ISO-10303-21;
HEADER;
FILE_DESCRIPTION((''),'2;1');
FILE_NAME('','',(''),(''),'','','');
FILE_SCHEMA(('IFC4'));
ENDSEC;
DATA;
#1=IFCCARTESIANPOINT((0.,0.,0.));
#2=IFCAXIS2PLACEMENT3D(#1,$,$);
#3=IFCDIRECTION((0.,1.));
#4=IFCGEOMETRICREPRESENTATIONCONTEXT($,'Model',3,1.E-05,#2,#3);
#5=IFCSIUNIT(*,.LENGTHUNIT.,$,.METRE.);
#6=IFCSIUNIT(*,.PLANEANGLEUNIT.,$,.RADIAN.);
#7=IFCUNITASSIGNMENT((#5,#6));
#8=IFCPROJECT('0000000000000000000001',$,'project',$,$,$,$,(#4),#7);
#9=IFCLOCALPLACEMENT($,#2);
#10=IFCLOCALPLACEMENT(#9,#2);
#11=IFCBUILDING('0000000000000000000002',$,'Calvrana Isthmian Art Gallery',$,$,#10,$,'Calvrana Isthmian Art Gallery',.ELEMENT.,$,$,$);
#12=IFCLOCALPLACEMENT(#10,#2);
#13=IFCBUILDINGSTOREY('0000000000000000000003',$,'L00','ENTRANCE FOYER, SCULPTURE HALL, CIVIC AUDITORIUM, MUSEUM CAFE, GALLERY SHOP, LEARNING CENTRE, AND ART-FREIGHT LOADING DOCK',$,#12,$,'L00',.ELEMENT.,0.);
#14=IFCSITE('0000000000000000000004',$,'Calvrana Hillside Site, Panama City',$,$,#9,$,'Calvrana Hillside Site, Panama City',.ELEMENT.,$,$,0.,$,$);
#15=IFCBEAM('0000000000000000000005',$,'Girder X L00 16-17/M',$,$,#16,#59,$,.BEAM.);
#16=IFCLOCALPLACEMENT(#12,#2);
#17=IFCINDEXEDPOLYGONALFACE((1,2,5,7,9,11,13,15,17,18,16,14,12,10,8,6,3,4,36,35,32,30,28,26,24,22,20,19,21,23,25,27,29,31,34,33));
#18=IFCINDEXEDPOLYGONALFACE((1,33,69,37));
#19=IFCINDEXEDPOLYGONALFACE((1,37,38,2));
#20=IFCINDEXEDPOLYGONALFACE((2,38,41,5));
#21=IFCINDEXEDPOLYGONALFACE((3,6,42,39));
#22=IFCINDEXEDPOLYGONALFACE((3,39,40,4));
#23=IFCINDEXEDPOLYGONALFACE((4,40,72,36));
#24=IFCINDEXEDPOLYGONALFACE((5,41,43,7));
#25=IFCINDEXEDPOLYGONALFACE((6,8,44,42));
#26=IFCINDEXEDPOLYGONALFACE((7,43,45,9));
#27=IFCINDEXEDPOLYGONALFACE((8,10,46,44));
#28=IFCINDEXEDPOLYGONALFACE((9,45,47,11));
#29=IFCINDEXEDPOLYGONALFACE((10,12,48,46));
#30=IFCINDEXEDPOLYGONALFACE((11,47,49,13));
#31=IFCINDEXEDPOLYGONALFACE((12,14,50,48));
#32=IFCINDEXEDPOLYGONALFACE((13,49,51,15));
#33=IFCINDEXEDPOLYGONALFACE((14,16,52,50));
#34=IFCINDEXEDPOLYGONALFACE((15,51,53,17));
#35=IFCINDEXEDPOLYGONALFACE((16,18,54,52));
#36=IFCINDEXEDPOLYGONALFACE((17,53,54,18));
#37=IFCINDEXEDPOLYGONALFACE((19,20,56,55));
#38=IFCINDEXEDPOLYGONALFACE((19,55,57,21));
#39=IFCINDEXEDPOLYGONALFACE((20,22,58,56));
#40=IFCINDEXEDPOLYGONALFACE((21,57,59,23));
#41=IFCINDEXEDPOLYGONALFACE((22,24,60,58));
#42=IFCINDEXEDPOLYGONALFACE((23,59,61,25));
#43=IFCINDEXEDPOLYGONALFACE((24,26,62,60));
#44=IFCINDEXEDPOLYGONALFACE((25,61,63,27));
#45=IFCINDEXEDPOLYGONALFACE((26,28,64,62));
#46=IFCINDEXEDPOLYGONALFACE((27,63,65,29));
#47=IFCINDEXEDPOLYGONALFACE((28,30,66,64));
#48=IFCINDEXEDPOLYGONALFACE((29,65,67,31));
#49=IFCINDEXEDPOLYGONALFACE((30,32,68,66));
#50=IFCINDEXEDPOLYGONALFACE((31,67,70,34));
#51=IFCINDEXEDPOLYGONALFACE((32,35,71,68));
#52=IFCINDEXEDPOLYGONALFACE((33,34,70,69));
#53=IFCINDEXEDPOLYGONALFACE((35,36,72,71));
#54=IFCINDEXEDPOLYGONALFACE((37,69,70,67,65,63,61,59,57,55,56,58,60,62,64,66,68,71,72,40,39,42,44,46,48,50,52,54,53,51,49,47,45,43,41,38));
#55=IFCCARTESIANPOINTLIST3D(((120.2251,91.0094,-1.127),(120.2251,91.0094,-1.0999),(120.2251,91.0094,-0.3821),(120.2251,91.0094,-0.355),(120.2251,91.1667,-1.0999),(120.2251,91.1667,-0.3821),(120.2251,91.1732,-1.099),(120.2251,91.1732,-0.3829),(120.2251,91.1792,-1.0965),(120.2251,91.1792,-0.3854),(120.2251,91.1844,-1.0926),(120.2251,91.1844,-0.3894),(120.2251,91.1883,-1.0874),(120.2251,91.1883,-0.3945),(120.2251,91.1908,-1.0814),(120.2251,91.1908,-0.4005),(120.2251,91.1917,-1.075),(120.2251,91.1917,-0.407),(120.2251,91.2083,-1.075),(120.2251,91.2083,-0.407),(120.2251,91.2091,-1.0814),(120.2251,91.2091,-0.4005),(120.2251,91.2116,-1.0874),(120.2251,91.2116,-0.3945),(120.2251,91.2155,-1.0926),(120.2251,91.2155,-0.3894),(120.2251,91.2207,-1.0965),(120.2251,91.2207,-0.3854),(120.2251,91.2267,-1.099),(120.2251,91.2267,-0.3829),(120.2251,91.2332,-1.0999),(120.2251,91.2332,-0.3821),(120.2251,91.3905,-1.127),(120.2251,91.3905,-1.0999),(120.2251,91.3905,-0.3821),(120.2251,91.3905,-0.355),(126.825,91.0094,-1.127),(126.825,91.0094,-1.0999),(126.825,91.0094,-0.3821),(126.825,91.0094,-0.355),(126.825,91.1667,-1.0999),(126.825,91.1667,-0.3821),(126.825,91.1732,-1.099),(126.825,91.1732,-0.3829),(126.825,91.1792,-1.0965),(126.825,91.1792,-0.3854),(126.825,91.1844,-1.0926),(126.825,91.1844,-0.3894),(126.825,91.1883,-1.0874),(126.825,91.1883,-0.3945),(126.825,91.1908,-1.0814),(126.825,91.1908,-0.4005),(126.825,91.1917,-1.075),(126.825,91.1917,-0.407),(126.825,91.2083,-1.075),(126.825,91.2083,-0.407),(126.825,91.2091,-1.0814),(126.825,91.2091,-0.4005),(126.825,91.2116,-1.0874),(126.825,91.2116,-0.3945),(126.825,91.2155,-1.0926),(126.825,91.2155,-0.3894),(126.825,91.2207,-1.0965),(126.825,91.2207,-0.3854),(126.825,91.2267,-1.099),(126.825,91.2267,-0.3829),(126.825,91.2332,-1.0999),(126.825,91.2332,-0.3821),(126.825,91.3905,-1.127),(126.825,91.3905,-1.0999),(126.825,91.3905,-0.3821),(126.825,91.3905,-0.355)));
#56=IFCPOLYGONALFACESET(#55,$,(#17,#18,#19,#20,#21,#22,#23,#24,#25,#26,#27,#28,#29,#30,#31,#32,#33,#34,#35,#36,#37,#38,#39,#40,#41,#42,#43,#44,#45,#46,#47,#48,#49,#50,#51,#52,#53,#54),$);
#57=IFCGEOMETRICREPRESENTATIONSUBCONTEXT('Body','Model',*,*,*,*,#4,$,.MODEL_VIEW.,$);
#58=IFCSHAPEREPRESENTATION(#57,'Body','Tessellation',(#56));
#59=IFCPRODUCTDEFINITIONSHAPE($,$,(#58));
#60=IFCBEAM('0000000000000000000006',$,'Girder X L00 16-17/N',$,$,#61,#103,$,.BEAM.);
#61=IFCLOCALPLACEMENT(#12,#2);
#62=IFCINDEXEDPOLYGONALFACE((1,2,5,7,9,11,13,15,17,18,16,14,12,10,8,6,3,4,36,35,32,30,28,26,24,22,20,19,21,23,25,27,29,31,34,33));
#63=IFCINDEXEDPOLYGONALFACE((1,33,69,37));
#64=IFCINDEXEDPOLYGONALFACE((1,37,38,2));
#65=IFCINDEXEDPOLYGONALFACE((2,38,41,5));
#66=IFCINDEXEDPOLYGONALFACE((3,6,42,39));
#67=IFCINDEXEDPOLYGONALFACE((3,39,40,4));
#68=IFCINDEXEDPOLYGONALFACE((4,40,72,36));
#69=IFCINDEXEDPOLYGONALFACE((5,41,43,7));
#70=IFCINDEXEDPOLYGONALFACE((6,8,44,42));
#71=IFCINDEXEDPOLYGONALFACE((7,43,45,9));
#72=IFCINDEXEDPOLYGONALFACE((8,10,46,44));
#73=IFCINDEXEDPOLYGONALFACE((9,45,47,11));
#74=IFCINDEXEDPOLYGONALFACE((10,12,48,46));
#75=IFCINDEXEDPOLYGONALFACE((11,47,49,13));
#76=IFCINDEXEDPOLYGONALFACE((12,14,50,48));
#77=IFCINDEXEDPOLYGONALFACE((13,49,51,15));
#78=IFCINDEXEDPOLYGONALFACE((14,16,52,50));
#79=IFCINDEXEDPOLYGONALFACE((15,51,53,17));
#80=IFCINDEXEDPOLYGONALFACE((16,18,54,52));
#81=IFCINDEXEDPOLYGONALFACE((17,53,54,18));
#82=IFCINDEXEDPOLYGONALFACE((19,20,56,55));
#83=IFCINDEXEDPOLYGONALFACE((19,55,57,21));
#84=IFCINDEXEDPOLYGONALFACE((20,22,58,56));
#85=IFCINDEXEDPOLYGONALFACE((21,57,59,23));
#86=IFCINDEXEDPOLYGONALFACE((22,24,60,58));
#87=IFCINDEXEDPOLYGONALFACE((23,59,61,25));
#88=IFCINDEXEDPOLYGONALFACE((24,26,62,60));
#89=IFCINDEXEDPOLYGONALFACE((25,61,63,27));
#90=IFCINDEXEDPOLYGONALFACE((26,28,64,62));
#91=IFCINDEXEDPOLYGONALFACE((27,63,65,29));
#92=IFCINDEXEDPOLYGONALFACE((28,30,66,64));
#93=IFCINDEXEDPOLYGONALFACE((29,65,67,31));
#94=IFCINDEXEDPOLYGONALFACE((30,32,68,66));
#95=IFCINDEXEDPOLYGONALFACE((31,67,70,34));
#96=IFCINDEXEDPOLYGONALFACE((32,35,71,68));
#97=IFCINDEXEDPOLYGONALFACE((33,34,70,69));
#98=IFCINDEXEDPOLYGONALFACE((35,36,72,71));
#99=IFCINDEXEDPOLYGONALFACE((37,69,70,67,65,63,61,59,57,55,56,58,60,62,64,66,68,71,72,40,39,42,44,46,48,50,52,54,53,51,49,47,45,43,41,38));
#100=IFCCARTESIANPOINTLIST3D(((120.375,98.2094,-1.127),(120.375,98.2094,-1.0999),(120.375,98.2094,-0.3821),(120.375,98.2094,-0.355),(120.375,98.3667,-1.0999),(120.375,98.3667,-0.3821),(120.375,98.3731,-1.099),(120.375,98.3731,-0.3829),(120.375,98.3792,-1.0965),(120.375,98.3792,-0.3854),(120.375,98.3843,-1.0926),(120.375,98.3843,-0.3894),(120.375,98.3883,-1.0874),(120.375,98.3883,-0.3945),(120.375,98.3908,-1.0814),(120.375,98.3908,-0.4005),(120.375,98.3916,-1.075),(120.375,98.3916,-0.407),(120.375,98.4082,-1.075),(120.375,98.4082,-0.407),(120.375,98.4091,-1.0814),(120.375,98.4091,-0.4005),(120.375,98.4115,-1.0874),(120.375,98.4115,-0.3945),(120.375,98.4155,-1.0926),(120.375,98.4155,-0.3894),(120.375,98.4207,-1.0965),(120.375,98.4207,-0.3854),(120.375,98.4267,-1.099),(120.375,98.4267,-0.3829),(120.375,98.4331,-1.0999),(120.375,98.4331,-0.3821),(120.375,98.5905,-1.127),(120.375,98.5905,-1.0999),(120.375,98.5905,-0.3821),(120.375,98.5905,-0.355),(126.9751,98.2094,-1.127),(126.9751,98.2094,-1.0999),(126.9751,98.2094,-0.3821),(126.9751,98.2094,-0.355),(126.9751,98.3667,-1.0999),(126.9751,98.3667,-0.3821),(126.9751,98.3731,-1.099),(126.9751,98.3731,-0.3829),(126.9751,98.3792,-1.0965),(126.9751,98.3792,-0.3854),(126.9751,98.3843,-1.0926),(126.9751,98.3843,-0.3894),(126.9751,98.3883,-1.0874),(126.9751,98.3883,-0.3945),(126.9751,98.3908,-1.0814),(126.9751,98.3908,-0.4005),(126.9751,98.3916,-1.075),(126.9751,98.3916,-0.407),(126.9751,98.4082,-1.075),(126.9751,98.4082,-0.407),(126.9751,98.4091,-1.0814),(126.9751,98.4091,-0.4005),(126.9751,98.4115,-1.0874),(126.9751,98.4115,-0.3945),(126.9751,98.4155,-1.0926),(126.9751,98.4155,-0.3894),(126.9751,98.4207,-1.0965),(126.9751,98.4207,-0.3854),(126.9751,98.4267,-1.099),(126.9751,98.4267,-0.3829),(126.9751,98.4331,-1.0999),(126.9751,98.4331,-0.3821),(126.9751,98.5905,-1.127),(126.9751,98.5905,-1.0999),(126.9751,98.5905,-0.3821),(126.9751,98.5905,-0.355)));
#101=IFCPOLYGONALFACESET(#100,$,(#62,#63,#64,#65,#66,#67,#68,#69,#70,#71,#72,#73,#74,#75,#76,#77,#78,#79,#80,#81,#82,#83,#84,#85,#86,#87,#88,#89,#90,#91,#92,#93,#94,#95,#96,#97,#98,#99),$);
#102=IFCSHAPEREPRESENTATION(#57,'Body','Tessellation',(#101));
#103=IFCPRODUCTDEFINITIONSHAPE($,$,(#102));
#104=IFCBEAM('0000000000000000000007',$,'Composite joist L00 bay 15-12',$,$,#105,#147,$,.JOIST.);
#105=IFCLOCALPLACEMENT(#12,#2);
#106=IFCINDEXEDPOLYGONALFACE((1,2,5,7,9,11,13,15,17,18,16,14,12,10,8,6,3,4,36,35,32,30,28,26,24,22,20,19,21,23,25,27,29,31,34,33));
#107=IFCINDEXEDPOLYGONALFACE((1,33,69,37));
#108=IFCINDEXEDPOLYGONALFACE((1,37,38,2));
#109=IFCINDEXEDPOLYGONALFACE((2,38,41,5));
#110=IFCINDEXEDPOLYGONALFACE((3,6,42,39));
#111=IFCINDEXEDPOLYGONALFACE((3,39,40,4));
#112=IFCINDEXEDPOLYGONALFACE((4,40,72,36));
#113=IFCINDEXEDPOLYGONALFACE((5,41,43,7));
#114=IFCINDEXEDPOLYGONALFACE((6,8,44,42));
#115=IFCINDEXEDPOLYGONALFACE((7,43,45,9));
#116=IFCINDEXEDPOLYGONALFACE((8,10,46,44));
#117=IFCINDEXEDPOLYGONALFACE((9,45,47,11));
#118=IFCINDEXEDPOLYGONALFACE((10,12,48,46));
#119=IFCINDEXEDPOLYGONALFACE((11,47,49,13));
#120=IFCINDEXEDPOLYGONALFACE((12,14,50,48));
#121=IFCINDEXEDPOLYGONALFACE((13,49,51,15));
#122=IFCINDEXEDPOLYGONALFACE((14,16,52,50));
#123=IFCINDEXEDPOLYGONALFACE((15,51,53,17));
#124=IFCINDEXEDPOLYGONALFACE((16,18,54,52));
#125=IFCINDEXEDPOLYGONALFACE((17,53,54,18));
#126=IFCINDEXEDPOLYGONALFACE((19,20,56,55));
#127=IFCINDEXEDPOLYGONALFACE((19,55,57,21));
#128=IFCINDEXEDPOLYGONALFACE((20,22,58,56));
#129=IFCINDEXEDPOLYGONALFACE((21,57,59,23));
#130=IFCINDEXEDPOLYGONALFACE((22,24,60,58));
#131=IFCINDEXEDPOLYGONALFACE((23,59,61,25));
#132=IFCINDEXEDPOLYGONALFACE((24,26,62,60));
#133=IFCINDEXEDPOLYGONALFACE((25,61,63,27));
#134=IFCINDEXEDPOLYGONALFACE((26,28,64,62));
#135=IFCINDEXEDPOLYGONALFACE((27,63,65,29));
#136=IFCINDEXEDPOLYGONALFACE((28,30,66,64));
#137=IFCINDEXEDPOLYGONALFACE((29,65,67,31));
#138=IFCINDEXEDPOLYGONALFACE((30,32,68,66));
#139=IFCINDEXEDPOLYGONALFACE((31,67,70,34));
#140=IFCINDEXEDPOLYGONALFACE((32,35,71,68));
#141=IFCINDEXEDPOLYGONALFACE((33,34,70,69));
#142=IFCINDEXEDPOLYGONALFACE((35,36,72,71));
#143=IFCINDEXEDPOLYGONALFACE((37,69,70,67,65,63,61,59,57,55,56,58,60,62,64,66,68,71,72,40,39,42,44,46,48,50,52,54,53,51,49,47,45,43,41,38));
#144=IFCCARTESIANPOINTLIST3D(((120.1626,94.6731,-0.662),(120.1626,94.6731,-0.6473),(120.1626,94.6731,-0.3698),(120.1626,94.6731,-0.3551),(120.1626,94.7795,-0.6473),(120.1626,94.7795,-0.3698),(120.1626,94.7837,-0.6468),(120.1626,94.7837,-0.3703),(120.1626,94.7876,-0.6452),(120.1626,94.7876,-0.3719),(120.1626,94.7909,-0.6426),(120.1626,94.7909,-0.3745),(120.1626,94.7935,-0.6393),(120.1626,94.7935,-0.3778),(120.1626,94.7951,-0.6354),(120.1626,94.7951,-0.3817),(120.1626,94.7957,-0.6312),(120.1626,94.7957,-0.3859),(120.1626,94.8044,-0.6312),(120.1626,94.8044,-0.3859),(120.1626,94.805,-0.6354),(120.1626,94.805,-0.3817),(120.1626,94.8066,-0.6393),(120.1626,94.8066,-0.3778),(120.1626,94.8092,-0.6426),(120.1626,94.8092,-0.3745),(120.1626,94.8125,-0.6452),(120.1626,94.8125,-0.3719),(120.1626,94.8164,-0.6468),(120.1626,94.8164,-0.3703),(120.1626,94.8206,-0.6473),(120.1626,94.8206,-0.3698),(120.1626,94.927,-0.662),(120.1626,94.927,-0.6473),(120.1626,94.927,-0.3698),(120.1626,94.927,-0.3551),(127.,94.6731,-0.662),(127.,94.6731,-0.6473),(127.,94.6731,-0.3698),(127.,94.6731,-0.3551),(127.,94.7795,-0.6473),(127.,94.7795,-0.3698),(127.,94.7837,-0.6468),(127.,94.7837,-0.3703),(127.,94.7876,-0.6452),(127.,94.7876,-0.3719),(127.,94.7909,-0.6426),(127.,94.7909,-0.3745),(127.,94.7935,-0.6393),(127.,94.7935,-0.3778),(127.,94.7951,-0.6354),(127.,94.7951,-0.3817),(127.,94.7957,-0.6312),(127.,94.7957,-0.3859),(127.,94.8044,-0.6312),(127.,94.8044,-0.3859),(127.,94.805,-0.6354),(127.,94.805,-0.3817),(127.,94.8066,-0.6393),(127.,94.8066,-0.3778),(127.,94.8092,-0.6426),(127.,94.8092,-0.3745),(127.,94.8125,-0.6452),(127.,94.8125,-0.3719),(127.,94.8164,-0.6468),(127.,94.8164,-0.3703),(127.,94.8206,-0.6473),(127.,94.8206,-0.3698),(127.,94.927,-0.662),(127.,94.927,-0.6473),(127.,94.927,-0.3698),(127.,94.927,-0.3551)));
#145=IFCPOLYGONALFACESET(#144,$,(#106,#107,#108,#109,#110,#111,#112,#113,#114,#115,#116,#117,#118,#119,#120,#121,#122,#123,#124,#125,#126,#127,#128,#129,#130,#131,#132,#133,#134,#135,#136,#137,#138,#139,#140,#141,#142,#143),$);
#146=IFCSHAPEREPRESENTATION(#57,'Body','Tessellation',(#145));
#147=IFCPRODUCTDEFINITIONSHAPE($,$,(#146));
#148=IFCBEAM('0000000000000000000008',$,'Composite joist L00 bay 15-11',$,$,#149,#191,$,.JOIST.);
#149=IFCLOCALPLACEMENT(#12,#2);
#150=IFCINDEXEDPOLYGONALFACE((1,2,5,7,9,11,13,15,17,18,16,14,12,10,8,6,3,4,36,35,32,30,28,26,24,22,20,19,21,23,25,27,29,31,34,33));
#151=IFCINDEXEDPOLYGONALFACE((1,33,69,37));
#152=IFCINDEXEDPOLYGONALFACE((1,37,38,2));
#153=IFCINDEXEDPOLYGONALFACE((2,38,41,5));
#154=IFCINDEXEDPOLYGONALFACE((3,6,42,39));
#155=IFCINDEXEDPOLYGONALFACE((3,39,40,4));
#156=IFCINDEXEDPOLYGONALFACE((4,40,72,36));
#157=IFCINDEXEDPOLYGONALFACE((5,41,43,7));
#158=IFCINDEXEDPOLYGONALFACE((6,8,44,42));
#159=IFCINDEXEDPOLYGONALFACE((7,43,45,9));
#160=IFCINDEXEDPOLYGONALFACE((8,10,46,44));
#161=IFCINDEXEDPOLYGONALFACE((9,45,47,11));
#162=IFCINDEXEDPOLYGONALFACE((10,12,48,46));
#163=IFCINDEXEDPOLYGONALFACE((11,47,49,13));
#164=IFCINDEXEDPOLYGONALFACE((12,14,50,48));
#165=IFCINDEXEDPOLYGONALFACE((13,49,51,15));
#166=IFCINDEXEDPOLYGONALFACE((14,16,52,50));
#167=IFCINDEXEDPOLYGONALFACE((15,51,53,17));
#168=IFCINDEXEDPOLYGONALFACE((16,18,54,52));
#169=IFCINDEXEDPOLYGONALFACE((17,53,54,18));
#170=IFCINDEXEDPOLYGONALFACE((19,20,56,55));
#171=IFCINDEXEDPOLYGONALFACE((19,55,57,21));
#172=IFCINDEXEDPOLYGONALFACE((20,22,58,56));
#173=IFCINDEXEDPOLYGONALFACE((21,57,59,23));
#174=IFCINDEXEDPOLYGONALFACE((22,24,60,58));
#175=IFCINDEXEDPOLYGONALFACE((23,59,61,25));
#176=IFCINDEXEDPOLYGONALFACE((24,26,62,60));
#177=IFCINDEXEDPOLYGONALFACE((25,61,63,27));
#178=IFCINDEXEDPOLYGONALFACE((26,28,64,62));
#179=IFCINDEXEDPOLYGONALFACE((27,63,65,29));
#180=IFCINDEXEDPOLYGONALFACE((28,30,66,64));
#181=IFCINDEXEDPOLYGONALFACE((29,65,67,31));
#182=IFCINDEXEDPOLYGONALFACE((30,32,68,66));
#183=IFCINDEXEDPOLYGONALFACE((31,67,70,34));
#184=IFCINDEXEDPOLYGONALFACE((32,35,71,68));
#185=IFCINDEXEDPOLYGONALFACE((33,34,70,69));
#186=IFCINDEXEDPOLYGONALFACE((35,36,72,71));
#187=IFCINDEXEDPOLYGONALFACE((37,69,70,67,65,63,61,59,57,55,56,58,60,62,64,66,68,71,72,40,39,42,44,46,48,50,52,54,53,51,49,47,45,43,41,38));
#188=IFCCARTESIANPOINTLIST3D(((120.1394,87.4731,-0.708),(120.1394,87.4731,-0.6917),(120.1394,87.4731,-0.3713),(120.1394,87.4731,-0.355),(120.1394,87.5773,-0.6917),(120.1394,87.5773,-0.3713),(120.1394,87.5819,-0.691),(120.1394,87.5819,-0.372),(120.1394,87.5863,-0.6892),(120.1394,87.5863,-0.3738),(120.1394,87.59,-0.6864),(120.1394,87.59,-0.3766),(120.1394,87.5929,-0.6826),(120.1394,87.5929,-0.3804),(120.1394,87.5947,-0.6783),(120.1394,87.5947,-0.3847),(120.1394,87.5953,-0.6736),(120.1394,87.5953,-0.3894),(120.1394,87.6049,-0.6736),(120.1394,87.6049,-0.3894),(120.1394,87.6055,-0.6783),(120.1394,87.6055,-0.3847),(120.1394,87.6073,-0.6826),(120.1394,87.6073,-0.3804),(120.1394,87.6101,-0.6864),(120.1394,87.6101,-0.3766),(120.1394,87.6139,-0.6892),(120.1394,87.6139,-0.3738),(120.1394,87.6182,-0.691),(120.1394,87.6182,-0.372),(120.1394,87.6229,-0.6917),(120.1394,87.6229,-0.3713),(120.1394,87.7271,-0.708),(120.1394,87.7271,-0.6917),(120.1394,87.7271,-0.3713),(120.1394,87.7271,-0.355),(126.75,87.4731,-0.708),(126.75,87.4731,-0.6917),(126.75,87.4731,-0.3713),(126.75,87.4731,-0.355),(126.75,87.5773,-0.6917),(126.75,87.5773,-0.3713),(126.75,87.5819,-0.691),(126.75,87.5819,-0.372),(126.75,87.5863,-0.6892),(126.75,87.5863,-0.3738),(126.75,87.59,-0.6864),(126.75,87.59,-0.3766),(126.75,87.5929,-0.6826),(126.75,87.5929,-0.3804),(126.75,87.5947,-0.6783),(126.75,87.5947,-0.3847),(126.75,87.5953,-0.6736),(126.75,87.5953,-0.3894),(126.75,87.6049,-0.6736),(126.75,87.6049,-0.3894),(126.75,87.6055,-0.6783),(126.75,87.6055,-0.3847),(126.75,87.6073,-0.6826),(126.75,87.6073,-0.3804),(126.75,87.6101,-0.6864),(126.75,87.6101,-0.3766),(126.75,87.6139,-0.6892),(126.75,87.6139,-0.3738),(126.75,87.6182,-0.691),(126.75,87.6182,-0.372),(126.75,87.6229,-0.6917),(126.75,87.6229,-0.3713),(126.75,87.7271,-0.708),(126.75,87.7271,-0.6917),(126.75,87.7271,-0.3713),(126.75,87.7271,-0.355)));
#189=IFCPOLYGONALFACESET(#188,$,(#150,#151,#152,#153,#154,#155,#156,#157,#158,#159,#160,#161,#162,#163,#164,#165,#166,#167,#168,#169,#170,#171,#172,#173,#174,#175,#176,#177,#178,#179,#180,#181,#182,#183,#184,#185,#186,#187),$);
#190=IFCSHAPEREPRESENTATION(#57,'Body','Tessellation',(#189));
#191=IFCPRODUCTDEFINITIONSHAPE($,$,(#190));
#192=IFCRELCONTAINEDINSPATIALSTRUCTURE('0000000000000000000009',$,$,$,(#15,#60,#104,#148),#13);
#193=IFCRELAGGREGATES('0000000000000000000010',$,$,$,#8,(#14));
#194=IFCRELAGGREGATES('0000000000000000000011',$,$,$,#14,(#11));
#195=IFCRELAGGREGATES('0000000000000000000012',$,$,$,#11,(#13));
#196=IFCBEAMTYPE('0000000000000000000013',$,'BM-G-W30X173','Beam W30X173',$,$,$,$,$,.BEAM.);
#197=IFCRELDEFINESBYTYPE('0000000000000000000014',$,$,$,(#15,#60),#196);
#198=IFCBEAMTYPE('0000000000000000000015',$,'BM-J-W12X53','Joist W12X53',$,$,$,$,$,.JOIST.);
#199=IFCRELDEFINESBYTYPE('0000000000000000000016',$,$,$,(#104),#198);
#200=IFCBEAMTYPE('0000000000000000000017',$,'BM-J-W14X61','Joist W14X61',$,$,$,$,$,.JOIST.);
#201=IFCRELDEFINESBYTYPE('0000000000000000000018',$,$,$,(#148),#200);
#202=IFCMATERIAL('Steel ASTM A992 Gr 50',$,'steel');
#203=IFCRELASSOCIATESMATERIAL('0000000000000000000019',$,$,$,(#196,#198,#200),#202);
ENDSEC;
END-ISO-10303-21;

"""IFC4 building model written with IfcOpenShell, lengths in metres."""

from ifc_helpers import new_model, si_unit, direction, frame, origin, origin_2d, place, context, subcontext, project, spatial, i_section, extrude, material, material_profile, profile_set, type_object, element, save


model = new_model("IFC4")

# Units and contexts
model_context = context("Model", 3, precision=1e-05, world=origin(), true_north=direction((0.0, 1.0)))
body_context = subcontext(model_context, "Body", "Model", "MODEL_VIEW")
ifc_project = project(units=[si_unit("LENGTHUNIT", "METRE"), si_unit("PLANEANGLEUNIT", "RADIAN")], contexts=[model_context])

# Site, building, storey
site_placement = place(None, origin())
site = spatial("IfcSite", under=ifc_project, at=site_placement, Name="Calvrana Hillside Site, Panama City", LongName="Calvrana Hillside Site, Panama City", CompositionType="ELEMENT", RefElevation=0.0)
building_placement = place(site_placement, origin())
building = spatial("IfcBuilding", under=site, at=building_placement, Name="Calvrana Isthmian Art Gallery", LongName="Calvrana Isthmian Art Gallery", CompositionType="ELEMENT")
storey_placement = place(building_placement, origin())
storey = spatial("IfcBuildingStorey", under=building, at=storey_placement, Name="L00", Description="ENTRANCE FOYER, SCULPTURE HALL, CIVIC AUDITORIUM, MUSEUM CAFE, GALLERY SHOP, LEARNING CENTRE, AND ART-FREIGHT LOADING DOCK", LongName="L00", CompositionType="ELEMENT", Elevation=0.0)

# Beams
ifc_material_1 = material(Name="Steel ASTM A992 Gr 50", Category="steel")
ifc_material_profile_1 = material_profile(ifc_material_1, i_section(OverallWidth=0.3811, OverallDepth=0.772, WebThickness=0.0166, FlangeThickness=0.0271, FilletRadius=0.0249, at=origin_2d()), Name="W30X173")
ifc_profile_set_1 = profile_set([ifc_material_profile_1], Name="Steel ASTM A992 Gr 50")
beam_type_1 = type_object("IfcBeamType", Name="BM-G-W30X173", Description="Beam W30X173", PredefinedType="BEAM", material=ifc_profile_set_1)
beam_1_placement = place(storey_placement, frame((120.2251, 91.2, -0.741), z_axis=(1.0, 0.0, 0.0), x_axis=(0.0, 1.0, 0.0)))
element("IfcBeam", 1, at=beam_1_placement, inside=storey, type_object=beam_type_1, Name="Girder X L00 16-17/M", PredefinedType="BEAM", context=body_context, shape_type="SweptSolid", body=[
    extrude(i_section(OverallWidth=0.3811, OverallDepth=0.772, WebThickness=0.0166, FlangeThickness=0.0271, FilletRadius=0.0249, at=origin_2d()), origin(), (0.0, 0.0, 1.0), 6.5999),
])
beam_2_placement = place(storey_placement, frame((120.375, 98.3999, -0.741), z_axis=(1.0, 0.0, 0.0), x_axis=(0.0, 1.0, 0.0)))
element("IfcBeam", 2, at=beam_2_placement, inside=storey, type_object=beam_type_1, Name="Girder X L00 16-17/N", PredefinedType="BEAM", context=body_context, shape_type="SweptSolid", body=[
    extrude(i_section(OverallWidth=0.3811, OverallDepth=0.772, WebThickness=0.0166, FlangeThickness=0.0271, FilletRadius=0.0249, at=origin_2d()), origin(), (0.0, 0.0, 1.0), 6.6001),
])
ifc_material_profile_2 = material_profile(ifc_material_1, i_section(OverallWidth=0.2539, OverallDepth=0.3069, WebThickness=0.0088, FlangeThickness=0.0146, FilletRadius=0.0161, at=origin_2d()), Name="W12X53")
ifc_profile_set_2 = profile_set([ifc_material_profile_2], Name="Steel ASTM A992 Gr 50")
beam_type_2 = type_object("IfcBeamType", Name="BM-J-W12X53", Description="Joist W12X53", PredefinedType="JOIST", material=ifc_profile_set_2)
beam_3_placement = place(storey_placement, frame((120.1626, 94.8, -0.5085), z_axis=(1.0, 0.0, 0.0), x_axis=(0.0, 1.0, 0.0)))
element("IfcBeam", 3, at=beam_3_placement, inside=storey, type_object=beam_type_2, Name="Composite joist L00 bay 15-12", PredefinedType="JOIST", context=body_context, shape_type="SweptSolid", body=[
    extrude(i_section(OverallWidth=0.2539, OverallDepth=0.3069, WebThickness=0.0088, FlangeThickness=0.0146, FilletRadius=0.0161, at=origin_2d()), origin(), (0.0, 0.0, 1.0), 6.8374),
])
ifc_material_profile_3 = material_profile(ifc_material_1, i_section(OverallWidth=0.2539, OverallDepth=0.353, WebThickness=0.0095, FlangeThickness=0.0164, FilletRadius=0.0181, at=origin_2d()), Name="W14X61")
ifc_profile_set_3 = profile_set([ifc_material_profile_3], Name="Steel ASTM A992 Gr 50")
beam_type_3 = type_object("IfcBeamType", Name="BM-J-W14X61", Description="Joist W14X61", PredefinedType="JOIST", material=ifc_profile_set_3)
beam_4_placement = place(storey_placement, frame((120.1394, 87.6001, -0.5315), z_axis=(1.0, 0.0, 0.0), x_axis=(0.0, 1.0, 0.0)))
element("IfcBeam", 4, at=beam_4_placement, inside=storey, type_object=beam_type_3, Name="Composite joist L00 bay 15-11", PredefinedType="JOIST", context=body_context, shape_type="SweptSolid", body=[
    extrude(i_section(OverallWidth=0.2539, OverallDepth=0.353, WebThickness=0.0095, FlangeThickness=0.0164, FilletRadius=0.0181, at=origin_2d()), origin(), (0.0, 0.0, 1.0), 6.6106),
])

save(model, "model.ifc")
